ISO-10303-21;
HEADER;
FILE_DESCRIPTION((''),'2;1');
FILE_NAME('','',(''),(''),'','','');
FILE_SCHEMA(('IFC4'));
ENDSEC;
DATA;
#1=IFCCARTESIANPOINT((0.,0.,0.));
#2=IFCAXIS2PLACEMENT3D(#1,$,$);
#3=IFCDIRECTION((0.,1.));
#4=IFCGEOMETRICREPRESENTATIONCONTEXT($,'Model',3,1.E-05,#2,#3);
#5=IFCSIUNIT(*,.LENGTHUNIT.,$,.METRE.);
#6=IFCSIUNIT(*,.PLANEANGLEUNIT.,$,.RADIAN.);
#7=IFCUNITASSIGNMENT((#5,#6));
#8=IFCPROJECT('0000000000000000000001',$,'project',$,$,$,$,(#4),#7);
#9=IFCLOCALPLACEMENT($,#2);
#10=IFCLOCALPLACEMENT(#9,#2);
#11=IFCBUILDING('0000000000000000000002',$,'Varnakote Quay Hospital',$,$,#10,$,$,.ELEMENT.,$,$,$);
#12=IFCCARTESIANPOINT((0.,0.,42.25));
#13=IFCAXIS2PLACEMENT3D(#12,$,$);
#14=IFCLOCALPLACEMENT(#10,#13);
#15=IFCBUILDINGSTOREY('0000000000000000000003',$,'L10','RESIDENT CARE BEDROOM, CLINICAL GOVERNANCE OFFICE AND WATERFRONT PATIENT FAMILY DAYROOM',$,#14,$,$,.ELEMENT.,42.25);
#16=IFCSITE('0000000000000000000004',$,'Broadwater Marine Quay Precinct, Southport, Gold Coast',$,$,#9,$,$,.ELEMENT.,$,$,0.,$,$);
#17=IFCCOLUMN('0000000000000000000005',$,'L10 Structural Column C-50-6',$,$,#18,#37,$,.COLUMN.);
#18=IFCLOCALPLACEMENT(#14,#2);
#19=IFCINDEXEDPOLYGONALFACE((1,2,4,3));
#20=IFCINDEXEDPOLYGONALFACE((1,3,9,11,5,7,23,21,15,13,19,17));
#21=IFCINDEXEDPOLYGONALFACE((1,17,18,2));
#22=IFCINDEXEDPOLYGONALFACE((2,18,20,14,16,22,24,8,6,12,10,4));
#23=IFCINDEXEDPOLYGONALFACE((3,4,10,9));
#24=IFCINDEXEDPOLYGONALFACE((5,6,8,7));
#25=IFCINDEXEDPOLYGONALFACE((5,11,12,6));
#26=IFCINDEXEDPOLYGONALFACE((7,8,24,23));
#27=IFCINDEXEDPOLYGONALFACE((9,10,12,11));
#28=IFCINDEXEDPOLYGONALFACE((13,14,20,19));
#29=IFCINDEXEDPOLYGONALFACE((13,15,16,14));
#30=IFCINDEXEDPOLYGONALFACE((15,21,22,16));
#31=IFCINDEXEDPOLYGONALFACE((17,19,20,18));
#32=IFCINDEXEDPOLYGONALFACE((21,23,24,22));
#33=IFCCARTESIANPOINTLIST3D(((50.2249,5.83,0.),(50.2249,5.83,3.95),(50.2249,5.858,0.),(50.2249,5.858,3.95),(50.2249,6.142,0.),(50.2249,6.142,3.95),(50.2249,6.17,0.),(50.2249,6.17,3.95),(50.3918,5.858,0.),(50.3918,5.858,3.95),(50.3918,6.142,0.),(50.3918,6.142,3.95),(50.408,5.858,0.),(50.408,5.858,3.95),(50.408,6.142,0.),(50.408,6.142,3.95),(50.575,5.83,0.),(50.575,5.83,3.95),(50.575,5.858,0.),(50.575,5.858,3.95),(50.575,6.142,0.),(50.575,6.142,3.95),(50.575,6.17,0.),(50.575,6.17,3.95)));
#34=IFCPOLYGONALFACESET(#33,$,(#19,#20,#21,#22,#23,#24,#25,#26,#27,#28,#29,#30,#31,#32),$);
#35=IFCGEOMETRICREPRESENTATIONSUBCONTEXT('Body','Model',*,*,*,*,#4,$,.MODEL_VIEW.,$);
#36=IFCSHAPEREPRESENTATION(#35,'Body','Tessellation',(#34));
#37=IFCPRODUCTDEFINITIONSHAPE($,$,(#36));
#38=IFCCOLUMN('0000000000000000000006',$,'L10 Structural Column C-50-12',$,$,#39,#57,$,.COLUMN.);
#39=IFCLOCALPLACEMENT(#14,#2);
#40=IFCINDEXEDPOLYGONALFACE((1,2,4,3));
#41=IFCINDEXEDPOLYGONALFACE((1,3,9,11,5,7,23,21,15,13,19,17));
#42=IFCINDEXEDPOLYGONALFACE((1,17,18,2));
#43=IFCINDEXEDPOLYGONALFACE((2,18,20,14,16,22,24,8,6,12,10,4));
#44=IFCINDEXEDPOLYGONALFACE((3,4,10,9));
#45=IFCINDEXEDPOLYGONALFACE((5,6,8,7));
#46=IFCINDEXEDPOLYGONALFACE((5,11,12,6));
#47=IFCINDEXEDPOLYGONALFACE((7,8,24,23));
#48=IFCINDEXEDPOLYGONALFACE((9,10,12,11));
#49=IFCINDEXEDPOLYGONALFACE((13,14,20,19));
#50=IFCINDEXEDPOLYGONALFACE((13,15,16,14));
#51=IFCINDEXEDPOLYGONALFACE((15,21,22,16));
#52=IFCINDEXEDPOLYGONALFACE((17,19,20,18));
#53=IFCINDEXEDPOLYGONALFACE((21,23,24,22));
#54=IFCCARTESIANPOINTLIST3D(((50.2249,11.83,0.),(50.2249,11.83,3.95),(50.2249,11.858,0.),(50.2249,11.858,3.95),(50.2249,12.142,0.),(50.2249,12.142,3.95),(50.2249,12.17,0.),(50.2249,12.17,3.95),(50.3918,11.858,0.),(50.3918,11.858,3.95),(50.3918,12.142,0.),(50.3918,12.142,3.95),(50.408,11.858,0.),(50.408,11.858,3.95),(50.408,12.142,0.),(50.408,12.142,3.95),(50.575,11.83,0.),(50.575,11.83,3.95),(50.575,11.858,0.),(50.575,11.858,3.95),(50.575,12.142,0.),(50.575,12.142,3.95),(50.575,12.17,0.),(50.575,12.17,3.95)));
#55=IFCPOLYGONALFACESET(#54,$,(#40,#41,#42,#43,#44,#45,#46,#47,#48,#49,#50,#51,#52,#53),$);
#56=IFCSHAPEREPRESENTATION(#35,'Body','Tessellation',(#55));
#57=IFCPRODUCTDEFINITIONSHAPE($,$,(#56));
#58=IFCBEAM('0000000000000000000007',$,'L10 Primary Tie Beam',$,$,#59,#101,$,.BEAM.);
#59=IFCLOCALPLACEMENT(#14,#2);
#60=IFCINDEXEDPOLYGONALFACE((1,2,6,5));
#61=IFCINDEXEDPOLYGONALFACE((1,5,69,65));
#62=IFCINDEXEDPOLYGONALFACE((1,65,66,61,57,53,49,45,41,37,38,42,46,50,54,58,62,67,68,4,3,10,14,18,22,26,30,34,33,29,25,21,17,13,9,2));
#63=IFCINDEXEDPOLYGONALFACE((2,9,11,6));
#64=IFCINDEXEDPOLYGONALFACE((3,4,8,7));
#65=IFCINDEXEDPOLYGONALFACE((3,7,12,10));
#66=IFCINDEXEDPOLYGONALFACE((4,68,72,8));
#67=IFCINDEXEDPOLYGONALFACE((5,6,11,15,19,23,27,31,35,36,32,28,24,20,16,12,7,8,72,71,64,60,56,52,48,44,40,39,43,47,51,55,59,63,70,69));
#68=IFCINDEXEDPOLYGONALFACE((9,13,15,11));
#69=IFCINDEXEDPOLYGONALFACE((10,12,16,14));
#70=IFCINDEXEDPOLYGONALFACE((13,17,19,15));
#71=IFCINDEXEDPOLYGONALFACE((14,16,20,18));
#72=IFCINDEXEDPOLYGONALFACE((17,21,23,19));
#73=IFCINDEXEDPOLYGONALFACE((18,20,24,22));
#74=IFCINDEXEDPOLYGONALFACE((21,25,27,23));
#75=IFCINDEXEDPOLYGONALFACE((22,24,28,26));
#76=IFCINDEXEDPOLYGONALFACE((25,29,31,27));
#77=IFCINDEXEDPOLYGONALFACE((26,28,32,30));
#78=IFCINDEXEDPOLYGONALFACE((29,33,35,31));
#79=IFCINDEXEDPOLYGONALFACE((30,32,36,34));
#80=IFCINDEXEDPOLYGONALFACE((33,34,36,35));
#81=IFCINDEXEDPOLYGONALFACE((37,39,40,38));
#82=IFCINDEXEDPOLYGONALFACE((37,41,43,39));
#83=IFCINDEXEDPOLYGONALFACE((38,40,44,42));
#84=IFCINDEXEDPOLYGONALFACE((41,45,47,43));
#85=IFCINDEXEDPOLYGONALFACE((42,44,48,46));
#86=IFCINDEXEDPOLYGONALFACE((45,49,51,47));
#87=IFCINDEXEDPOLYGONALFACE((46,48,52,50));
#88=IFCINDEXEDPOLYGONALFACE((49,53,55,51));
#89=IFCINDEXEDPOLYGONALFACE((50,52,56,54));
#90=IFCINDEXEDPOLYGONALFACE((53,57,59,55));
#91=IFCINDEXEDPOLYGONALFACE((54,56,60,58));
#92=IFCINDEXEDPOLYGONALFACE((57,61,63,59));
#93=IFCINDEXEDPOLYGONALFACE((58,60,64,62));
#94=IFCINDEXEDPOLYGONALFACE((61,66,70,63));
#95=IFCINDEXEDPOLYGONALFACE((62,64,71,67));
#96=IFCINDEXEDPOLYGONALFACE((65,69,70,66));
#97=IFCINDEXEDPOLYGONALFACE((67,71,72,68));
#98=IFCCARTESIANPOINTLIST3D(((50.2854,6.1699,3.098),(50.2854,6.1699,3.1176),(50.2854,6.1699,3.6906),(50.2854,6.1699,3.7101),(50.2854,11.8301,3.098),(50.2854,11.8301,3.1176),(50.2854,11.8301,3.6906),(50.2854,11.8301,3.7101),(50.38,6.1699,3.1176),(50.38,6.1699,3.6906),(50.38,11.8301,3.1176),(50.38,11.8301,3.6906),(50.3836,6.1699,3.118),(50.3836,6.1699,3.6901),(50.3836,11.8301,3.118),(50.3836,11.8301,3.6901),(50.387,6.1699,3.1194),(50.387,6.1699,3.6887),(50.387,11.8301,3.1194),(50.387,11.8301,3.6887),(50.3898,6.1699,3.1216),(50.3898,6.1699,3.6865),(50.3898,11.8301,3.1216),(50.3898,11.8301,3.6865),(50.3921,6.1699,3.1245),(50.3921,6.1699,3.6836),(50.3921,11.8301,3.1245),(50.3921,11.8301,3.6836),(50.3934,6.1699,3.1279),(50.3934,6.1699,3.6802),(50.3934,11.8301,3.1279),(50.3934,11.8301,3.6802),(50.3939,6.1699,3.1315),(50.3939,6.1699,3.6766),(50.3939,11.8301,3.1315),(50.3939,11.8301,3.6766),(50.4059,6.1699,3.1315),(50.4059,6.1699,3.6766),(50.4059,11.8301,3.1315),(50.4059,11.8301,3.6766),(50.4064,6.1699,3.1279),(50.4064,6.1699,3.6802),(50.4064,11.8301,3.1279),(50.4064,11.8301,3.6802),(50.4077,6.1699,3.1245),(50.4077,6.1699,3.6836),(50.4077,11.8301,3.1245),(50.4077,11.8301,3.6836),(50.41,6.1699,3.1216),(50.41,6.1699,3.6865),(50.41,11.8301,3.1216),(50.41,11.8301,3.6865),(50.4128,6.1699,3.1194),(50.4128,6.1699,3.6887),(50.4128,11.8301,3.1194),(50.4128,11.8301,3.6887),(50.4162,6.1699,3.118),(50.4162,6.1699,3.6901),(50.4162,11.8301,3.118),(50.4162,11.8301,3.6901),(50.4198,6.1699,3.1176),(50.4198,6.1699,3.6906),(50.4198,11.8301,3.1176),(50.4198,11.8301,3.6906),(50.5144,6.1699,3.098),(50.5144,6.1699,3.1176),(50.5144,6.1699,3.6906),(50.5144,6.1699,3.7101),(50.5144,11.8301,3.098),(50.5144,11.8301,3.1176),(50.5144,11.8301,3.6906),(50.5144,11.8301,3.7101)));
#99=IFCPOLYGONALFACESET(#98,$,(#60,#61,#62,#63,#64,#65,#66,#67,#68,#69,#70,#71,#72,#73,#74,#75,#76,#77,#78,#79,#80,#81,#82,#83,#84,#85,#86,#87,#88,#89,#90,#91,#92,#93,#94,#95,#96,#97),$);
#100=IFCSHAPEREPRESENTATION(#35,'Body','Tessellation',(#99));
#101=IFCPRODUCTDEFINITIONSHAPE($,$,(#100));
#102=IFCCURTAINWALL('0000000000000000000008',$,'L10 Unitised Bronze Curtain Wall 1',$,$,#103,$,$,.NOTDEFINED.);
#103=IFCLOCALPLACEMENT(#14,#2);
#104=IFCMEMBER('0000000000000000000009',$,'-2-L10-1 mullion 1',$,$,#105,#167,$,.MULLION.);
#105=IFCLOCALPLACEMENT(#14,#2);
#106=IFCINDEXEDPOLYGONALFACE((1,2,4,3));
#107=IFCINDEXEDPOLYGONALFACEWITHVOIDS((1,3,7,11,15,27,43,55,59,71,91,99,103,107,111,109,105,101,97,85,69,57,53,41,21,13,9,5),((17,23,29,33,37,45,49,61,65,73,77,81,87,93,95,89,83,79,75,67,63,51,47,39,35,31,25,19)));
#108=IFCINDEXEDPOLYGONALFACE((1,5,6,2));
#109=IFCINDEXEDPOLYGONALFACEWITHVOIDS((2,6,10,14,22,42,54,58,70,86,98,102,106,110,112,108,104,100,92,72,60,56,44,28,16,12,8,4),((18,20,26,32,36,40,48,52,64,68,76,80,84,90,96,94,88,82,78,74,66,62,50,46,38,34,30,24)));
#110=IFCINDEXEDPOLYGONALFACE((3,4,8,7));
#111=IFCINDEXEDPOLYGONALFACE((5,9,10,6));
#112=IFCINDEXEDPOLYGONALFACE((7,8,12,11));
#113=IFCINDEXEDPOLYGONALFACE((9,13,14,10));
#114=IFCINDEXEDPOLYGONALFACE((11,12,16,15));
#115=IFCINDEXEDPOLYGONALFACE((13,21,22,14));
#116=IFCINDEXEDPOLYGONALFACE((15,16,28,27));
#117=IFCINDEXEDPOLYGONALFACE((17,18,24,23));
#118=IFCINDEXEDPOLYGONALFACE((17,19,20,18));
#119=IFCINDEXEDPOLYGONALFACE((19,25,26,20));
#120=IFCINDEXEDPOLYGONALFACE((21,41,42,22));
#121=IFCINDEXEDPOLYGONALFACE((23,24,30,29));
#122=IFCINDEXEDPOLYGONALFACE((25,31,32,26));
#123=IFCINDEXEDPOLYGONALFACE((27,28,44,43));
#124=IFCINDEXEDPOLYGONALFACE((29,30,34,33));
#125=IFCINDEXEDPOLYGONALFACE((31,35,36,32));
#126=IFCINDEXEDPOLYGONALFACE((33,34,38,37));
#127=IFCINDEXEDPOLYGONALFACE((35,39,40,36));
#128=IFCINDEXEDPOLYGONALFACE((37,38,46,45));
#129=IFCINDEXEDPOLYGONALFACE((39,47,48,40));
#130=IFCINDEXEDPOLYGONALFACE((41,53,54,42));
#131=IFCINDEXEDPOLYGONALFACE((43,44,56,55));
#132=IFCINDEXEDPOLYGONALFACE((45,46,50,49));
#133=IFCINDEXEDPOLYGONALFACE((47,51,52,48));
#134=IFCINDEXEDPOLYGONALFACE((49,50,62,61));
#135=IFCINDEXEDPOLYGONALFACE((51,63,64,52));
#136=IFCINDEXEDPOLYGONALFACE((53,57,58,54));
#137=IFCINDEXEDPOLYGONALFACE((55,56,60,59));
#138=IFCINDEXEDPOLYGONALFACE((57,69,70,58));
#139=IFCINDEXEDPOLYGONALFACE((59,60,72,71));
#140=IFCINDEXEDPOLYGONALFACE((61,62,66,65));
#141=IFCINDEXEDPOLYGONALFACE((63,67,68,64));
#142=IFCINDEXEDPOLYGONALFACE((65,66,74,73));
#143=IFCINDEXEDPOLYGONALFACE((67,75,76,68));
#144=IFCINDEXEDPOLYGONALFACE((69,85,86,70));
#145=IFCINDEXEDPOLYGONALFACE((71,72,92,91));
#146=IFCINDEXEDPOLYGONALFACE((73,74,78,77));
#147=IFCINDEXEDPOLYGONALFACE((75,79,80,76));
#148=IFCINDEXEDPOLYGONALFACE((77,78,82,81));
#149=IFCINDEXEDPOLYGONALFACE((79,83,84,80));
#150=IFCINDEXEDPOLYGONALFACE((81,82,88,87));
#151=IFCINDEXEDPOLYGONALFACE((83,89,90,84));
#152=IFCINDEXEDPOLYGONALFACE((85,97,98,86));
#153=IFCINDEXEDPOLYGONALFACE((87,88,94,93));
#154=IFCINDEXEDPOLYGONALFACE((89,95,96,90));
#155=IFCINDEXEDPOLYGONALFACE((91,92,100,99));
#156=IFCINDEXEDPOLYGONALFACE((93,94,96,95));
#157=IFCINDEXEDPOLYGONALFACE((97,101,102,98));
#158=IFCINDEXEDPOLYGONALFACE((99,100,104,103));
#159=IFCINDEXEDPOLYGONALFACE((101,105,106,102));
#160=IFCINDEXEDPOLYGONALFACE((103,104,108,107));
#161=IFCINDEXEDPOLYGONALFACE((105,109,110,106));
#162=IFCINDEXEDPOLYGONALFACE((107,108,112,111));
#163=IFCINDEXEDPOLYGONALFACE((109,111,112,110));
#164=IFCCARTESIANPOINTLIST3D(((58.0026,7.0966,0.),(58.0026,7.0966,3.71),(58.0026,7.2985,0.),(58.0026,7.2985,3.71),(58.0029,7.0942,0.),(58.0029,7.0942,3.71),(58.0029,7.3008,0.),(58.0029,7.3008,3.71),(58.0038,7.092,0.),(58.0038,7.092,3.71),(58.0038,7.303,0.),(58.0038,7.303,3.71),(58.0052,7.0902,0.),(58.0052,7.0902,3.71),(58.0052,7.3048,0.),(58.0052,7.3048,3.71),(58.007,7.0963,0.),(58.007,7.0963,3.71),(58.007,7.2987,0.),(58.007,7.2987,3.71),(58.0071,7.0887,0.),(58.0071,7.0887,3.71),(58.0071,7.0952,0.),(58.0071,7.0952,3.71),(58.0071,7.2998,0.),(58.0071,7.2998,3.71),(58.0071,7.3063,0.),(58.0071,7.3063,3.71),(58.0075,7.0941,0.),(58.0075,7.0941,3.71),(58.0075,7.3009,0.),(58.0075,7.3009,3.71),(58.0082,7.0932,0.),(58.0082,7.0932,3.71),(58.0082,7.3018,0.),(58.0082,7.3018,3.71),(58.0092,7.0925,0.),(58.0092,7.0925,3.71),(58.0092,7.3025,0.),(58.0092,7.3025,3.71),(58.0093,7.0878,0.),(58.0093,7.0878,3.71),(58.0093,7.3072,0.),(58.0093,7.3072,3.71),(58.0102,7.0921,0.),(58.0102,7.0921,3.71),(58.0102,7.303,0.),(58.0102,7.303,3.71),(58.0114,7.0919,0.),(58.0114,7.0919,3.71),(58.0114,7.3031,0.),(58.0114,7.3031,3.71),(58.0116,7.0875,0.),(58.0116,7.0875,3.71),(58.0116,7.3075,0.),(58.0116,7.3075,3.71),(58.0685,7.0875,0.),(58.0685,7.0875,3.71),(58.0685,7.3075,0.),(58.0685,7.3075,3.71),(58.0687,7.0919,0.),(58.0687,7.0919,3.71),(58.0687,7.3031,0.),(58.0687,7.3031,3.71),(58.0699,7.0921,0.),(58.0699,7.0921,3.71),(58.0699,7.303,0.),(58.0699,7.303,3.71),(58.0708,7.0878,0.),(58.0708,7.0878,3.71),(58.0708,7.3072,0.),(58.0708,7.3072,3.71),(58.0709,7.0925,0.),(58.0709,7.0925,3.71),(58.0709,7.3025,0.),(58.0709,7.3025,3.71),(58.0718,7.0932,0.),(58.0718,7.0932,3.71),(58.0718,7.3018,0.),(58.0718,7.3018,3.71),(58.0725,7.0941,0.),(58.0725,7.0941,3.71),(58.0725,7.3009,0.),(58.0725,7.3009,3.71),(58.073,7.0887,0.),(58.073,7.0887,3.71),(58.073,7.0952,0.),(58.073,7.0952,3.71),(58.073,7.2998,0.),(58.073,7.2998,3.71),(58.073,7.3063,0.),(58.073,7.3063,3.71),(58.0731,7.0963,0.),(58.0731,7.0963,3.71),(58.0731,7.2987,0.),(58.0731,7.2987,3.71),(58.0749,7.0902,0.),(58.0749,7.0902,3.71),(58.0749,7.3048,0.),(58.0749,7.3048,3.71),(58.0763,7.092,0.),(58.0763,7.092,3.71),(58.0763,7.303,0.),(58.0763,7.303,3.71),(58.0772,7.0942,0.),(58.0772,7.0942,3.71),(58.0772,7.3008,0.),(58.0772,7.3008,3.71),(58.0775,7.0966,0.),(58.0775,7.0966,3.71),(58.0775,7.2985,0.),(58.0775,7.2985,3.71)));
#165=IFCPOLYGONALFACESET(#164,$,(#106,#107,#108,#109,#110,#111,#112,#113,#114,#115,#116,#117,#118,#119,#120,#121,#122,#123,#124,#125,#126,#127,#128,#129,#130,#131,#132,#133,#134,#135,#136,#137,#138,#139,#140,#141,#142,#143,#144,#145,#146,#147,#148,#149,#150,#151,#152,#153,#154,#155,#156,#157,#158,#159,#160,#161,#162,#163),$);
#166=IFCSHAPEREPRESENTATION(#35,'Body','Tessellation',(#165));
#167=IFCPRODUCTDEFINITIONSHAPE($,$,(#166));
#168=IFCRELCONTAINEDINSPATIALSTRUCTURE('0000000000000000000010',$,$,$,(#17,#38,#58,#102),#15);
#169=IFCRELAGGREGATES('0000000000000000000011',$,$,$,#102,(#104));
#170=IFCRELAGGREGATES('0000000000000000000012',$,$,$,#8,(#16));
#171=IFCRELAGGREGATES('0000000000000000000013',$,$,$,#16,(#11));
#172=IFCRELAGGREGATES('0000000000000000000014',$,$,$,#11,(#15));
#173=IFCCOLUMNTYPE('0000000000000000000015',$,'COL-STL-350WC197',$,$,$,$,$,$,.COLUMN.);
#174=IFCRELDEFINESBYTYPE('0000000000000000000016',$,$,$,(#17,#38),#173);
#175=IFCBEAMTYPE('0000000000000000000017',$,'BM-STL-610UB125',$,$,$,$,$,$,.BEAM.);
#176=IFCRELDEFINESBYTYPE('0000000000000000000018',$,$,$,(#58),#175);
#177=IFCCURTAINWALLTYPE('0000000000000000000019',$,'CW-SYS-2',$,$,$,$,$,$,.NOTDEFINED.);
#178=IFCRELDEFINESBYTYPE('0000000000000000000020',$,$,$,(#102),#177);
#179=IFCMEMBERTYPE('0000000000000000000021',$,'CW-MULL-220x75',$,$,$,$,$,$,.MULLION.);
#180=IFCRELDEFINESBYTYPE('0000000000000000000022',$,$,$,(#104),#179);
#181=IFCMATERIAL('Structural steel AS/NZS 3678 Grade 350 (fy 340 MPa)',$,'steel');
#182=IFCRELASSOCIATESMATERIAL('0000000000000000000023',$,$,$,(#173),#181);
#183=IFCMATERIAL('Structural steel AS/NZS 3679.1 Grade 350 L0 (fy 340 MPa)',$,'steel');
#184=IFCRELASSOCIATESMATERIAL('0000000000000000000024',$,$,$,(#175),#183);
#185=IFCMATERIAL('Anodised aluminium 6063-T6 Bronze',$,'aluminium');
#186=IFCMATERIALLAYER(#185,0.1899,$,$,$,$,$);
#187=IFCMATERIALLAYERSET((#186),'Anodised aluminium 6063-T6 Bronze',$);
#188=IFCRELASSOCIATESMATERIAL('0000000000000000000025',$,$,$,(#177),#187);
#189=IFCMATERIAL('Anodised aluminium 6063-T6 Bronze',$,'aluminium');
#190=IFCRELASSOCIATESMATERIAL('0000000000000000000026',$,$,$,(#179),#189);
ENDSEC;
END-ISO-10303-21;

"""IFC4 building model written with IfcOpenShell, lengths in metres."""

from ifc_helpers import new_model, si_unit, direction, frame, origin, origin_2d, place, context, subcontext, project, spatial, hollow_rectangle, i_section, extrude, material, layer, layer_set, material_profile, profile_set, type_object, element, aggregate, save


model = new_model("IFC4")

# Units and contexts
model_context = context("Model", 3, precision=1e-05, world=origin(), true_north=direction((0.0, 1.0)))
body_context = subcontext(model_context, "Body", "Model", "MODEL_VIEW")
ifc_project = project(units=[si_unit("LENGTHUNIT", "METRE"), si_unit("PLANEANGLEUNIT", "RADIAN")], contexts=[model_context])

# Site, building, storey
site_placement = place(None, origin())
site = spatial("IfcSite", under=ifc_project, at=site_placement, Name="Broadwater Marine Quay Precinct, Southport, Gold Coast", CompositionType="ELEMENT", RefElevation=0.0)
building_placement = place(site_placement, origin())
building = spatial("IfcBuilding", under=site, at=building_placement, Name="Varnakote Quay Hospital", CompositionType="ELEMENT")
storey_placement = place(building_placement, frame((0.0, 0.0, 42.25)))
storey = spatial("IfcBuildingStorey", under=building, at=storey_placement, Name="L10", Description="RESIDENT CARE BEDROOM, CLINICAL GOVERNANCE OFFICE AND WATERFRONT PATIENT FAMILY DAYROOM", CompositionType="ELEMENT", Elevation=42.25)

# Columns
ifc_material_1 = material(Name="Structural steel AS/NZS 3678 Grade 350 (fy 340 MPa)", Category="steel")
ifc_material_profile_1 = material_profile(ifc_material_1, i_section(OverallWidth=0.3501, OverallDepth=0.3401, WebThickness=0.0161, FlangeThickness=0.0281, at=origin_2d()), Name="350WC197")
ifc_profile_set_1 = profile_set([ifc_material_profile_1], Name="Structural steel AS/NZS 3678 Grade 350 (fy 340 MPa)")
column_type = type_object("IfcColumnType", Name="COL-STL-350WC197", PredefinedType="COLUMN", material=ifc_profile_set_1)
for number, where, z_axis, x_axis, name in (
    (1, (50.3999, 6.0, 0.0), (0.0, 0.0, 1.0), (1.0, 0.0, 0.0), "L10 Structural Column C-50-6"),
    (2, (50.3999, 12.0, 0.0), (0.0, 0.0, 1.0), (1.0, 0.0, 0.0), "L10 Structural Column C-50-12"),
):
    element("IfcColumn", number, at=place(storey_placement, frame(where, z_axis=z_axis, x_axis=x_axis)), inside=storey, type_object=column_type, Name=name, PredefinedType="COLUMN", context=body_context, shape_type="SweptSolid", body=[
        extrude(i_section(OverallWidth=0.3501, OverallDepth=0.3401, WebThickness=0.0161, FlangeThickness=0.0281, at=origin_2d()), origin(), (0.0, 0.0, 1.0), 3.95),
    ])

# Beam
ifc_material_2 = material(Name="Structural steel AS/NZS 3679.1 Grade 350 L0 (fy 340 MPa)", Category="steel")
ifc_material_profile_2 = material_profile(ifc_material_2, i_section(OverallWidth=0.229, OverallDepth=0.6121, WebThickness=0.012, FlangeThickness=0.0195, FilletRadius=0.0139, at=origin_2d()), Name="610UB125")
ifc_profile_set_2 = profile_set([ifc_material_profile_2], Name="Structural steel AS/NZS 3679.1 Grade 350 L0 (fy 340 MPa)")
beam_type = type_object("IfcBeamType", Name="BM-STL-610UB125", PredefinedType="BEAM", material=ifc_profile_set_2)
beam_placement = place(storey_placement, frame((50.3999, 6.1699, 3.4041), z_axis=(0.0, 1.0, 0.0), x_axis=(-1.0, 0.0, 0.0)))
element("IfcBeam", 3, at=beam_placement, inside=storey, type_object=beam_type, Name="L10 Primary Tie Beam", PredefinedType="BEAM", context=body_context, shape_type="SweptSolid", body=[
    extrude(i_section(OverallWidth=0.229, OverallDepth=0.6121, WebThickness=0.012, FlangeThickness=0.0195, FilletRadius=0.0139, at=origin_2d()), origin(), (0.0, 0.0, 1.0), 5.6602),
])

# Curtain wall, member
ifc_material_3 = material(Name="Anodised aluminium 6063-T6 Bronze", Category="aluminium")
ifc_layer_1 = layer(ifc_material_3, 0.1899)
ifc_layer_set_1 = layer_set([ifc_layer_1], Name="Anodised aluminium 6063-T6 Bronze")
curtain_wall_type = type_object("IfcCurtainWallType", Name="CW-SYS-2", PredefinedType="NOTDEFINED", material=ifc_layer_set_1)
curtain_wall_placement = place(storey_placement, origin())
curtain_wall = element("IfcCurtainWall", 4, at=curtain_wall_placement, inside=storey, type_object=curtain_wall_type, Name="L10 Unitised Bronze Curtain Wall 1", PredefinedType="NOTDEFINED")
ifc_material_4 = material(Name="Anodised aluminium 6063-T6 Bronze", Category="aluminium")
ifc_material_profile_3 = material_profile(ifc_material_4, hollow_rectangle(XDim=0.075, YDim=0.22, WallThickness=0.0044, InnerFilletRadius=0.0044, OuterFilletRadius=0.009, at=origin_2d()), Name="CW-MULL-220x75")
ifc_profile_set_3 = profile_set([ifc_material_profile_3], Name="Anodised aluminium 6063-T6 Bronze")
member_type_1 = type_object("IfcMemberType", Name="CW-MULL-220x75", PredefinedType="MULLION", material=ifc_profile_set_3)
member_1_placement = place(storey_placement, frame((58.04, 7.1975, 0.0), z_axis=(0.0, 0.0, 1.0), x_axis=(-1.0, 0.0, 0.0)))
member_1 = element("IfcMember", 5, at=member_1_placement, type_object=member_type_1, Name="-2-L10-1 mullion 1", PredefinedType="MULLION", context=body_context, shape_type="SweptSolid", body=[
    extrude(hollow_rectangle(XDim=0.075, YDim=0.22, WallThickness=0.0044, InnerFilletRadius=0.0044, OuterFilletRadius=0.009, at=origin_2d()), origin(), (0.0, 0.0, 1.0), 3.71),
])
aggregate(curtain_wall, [member_1])

save(model, "model.ifc")
